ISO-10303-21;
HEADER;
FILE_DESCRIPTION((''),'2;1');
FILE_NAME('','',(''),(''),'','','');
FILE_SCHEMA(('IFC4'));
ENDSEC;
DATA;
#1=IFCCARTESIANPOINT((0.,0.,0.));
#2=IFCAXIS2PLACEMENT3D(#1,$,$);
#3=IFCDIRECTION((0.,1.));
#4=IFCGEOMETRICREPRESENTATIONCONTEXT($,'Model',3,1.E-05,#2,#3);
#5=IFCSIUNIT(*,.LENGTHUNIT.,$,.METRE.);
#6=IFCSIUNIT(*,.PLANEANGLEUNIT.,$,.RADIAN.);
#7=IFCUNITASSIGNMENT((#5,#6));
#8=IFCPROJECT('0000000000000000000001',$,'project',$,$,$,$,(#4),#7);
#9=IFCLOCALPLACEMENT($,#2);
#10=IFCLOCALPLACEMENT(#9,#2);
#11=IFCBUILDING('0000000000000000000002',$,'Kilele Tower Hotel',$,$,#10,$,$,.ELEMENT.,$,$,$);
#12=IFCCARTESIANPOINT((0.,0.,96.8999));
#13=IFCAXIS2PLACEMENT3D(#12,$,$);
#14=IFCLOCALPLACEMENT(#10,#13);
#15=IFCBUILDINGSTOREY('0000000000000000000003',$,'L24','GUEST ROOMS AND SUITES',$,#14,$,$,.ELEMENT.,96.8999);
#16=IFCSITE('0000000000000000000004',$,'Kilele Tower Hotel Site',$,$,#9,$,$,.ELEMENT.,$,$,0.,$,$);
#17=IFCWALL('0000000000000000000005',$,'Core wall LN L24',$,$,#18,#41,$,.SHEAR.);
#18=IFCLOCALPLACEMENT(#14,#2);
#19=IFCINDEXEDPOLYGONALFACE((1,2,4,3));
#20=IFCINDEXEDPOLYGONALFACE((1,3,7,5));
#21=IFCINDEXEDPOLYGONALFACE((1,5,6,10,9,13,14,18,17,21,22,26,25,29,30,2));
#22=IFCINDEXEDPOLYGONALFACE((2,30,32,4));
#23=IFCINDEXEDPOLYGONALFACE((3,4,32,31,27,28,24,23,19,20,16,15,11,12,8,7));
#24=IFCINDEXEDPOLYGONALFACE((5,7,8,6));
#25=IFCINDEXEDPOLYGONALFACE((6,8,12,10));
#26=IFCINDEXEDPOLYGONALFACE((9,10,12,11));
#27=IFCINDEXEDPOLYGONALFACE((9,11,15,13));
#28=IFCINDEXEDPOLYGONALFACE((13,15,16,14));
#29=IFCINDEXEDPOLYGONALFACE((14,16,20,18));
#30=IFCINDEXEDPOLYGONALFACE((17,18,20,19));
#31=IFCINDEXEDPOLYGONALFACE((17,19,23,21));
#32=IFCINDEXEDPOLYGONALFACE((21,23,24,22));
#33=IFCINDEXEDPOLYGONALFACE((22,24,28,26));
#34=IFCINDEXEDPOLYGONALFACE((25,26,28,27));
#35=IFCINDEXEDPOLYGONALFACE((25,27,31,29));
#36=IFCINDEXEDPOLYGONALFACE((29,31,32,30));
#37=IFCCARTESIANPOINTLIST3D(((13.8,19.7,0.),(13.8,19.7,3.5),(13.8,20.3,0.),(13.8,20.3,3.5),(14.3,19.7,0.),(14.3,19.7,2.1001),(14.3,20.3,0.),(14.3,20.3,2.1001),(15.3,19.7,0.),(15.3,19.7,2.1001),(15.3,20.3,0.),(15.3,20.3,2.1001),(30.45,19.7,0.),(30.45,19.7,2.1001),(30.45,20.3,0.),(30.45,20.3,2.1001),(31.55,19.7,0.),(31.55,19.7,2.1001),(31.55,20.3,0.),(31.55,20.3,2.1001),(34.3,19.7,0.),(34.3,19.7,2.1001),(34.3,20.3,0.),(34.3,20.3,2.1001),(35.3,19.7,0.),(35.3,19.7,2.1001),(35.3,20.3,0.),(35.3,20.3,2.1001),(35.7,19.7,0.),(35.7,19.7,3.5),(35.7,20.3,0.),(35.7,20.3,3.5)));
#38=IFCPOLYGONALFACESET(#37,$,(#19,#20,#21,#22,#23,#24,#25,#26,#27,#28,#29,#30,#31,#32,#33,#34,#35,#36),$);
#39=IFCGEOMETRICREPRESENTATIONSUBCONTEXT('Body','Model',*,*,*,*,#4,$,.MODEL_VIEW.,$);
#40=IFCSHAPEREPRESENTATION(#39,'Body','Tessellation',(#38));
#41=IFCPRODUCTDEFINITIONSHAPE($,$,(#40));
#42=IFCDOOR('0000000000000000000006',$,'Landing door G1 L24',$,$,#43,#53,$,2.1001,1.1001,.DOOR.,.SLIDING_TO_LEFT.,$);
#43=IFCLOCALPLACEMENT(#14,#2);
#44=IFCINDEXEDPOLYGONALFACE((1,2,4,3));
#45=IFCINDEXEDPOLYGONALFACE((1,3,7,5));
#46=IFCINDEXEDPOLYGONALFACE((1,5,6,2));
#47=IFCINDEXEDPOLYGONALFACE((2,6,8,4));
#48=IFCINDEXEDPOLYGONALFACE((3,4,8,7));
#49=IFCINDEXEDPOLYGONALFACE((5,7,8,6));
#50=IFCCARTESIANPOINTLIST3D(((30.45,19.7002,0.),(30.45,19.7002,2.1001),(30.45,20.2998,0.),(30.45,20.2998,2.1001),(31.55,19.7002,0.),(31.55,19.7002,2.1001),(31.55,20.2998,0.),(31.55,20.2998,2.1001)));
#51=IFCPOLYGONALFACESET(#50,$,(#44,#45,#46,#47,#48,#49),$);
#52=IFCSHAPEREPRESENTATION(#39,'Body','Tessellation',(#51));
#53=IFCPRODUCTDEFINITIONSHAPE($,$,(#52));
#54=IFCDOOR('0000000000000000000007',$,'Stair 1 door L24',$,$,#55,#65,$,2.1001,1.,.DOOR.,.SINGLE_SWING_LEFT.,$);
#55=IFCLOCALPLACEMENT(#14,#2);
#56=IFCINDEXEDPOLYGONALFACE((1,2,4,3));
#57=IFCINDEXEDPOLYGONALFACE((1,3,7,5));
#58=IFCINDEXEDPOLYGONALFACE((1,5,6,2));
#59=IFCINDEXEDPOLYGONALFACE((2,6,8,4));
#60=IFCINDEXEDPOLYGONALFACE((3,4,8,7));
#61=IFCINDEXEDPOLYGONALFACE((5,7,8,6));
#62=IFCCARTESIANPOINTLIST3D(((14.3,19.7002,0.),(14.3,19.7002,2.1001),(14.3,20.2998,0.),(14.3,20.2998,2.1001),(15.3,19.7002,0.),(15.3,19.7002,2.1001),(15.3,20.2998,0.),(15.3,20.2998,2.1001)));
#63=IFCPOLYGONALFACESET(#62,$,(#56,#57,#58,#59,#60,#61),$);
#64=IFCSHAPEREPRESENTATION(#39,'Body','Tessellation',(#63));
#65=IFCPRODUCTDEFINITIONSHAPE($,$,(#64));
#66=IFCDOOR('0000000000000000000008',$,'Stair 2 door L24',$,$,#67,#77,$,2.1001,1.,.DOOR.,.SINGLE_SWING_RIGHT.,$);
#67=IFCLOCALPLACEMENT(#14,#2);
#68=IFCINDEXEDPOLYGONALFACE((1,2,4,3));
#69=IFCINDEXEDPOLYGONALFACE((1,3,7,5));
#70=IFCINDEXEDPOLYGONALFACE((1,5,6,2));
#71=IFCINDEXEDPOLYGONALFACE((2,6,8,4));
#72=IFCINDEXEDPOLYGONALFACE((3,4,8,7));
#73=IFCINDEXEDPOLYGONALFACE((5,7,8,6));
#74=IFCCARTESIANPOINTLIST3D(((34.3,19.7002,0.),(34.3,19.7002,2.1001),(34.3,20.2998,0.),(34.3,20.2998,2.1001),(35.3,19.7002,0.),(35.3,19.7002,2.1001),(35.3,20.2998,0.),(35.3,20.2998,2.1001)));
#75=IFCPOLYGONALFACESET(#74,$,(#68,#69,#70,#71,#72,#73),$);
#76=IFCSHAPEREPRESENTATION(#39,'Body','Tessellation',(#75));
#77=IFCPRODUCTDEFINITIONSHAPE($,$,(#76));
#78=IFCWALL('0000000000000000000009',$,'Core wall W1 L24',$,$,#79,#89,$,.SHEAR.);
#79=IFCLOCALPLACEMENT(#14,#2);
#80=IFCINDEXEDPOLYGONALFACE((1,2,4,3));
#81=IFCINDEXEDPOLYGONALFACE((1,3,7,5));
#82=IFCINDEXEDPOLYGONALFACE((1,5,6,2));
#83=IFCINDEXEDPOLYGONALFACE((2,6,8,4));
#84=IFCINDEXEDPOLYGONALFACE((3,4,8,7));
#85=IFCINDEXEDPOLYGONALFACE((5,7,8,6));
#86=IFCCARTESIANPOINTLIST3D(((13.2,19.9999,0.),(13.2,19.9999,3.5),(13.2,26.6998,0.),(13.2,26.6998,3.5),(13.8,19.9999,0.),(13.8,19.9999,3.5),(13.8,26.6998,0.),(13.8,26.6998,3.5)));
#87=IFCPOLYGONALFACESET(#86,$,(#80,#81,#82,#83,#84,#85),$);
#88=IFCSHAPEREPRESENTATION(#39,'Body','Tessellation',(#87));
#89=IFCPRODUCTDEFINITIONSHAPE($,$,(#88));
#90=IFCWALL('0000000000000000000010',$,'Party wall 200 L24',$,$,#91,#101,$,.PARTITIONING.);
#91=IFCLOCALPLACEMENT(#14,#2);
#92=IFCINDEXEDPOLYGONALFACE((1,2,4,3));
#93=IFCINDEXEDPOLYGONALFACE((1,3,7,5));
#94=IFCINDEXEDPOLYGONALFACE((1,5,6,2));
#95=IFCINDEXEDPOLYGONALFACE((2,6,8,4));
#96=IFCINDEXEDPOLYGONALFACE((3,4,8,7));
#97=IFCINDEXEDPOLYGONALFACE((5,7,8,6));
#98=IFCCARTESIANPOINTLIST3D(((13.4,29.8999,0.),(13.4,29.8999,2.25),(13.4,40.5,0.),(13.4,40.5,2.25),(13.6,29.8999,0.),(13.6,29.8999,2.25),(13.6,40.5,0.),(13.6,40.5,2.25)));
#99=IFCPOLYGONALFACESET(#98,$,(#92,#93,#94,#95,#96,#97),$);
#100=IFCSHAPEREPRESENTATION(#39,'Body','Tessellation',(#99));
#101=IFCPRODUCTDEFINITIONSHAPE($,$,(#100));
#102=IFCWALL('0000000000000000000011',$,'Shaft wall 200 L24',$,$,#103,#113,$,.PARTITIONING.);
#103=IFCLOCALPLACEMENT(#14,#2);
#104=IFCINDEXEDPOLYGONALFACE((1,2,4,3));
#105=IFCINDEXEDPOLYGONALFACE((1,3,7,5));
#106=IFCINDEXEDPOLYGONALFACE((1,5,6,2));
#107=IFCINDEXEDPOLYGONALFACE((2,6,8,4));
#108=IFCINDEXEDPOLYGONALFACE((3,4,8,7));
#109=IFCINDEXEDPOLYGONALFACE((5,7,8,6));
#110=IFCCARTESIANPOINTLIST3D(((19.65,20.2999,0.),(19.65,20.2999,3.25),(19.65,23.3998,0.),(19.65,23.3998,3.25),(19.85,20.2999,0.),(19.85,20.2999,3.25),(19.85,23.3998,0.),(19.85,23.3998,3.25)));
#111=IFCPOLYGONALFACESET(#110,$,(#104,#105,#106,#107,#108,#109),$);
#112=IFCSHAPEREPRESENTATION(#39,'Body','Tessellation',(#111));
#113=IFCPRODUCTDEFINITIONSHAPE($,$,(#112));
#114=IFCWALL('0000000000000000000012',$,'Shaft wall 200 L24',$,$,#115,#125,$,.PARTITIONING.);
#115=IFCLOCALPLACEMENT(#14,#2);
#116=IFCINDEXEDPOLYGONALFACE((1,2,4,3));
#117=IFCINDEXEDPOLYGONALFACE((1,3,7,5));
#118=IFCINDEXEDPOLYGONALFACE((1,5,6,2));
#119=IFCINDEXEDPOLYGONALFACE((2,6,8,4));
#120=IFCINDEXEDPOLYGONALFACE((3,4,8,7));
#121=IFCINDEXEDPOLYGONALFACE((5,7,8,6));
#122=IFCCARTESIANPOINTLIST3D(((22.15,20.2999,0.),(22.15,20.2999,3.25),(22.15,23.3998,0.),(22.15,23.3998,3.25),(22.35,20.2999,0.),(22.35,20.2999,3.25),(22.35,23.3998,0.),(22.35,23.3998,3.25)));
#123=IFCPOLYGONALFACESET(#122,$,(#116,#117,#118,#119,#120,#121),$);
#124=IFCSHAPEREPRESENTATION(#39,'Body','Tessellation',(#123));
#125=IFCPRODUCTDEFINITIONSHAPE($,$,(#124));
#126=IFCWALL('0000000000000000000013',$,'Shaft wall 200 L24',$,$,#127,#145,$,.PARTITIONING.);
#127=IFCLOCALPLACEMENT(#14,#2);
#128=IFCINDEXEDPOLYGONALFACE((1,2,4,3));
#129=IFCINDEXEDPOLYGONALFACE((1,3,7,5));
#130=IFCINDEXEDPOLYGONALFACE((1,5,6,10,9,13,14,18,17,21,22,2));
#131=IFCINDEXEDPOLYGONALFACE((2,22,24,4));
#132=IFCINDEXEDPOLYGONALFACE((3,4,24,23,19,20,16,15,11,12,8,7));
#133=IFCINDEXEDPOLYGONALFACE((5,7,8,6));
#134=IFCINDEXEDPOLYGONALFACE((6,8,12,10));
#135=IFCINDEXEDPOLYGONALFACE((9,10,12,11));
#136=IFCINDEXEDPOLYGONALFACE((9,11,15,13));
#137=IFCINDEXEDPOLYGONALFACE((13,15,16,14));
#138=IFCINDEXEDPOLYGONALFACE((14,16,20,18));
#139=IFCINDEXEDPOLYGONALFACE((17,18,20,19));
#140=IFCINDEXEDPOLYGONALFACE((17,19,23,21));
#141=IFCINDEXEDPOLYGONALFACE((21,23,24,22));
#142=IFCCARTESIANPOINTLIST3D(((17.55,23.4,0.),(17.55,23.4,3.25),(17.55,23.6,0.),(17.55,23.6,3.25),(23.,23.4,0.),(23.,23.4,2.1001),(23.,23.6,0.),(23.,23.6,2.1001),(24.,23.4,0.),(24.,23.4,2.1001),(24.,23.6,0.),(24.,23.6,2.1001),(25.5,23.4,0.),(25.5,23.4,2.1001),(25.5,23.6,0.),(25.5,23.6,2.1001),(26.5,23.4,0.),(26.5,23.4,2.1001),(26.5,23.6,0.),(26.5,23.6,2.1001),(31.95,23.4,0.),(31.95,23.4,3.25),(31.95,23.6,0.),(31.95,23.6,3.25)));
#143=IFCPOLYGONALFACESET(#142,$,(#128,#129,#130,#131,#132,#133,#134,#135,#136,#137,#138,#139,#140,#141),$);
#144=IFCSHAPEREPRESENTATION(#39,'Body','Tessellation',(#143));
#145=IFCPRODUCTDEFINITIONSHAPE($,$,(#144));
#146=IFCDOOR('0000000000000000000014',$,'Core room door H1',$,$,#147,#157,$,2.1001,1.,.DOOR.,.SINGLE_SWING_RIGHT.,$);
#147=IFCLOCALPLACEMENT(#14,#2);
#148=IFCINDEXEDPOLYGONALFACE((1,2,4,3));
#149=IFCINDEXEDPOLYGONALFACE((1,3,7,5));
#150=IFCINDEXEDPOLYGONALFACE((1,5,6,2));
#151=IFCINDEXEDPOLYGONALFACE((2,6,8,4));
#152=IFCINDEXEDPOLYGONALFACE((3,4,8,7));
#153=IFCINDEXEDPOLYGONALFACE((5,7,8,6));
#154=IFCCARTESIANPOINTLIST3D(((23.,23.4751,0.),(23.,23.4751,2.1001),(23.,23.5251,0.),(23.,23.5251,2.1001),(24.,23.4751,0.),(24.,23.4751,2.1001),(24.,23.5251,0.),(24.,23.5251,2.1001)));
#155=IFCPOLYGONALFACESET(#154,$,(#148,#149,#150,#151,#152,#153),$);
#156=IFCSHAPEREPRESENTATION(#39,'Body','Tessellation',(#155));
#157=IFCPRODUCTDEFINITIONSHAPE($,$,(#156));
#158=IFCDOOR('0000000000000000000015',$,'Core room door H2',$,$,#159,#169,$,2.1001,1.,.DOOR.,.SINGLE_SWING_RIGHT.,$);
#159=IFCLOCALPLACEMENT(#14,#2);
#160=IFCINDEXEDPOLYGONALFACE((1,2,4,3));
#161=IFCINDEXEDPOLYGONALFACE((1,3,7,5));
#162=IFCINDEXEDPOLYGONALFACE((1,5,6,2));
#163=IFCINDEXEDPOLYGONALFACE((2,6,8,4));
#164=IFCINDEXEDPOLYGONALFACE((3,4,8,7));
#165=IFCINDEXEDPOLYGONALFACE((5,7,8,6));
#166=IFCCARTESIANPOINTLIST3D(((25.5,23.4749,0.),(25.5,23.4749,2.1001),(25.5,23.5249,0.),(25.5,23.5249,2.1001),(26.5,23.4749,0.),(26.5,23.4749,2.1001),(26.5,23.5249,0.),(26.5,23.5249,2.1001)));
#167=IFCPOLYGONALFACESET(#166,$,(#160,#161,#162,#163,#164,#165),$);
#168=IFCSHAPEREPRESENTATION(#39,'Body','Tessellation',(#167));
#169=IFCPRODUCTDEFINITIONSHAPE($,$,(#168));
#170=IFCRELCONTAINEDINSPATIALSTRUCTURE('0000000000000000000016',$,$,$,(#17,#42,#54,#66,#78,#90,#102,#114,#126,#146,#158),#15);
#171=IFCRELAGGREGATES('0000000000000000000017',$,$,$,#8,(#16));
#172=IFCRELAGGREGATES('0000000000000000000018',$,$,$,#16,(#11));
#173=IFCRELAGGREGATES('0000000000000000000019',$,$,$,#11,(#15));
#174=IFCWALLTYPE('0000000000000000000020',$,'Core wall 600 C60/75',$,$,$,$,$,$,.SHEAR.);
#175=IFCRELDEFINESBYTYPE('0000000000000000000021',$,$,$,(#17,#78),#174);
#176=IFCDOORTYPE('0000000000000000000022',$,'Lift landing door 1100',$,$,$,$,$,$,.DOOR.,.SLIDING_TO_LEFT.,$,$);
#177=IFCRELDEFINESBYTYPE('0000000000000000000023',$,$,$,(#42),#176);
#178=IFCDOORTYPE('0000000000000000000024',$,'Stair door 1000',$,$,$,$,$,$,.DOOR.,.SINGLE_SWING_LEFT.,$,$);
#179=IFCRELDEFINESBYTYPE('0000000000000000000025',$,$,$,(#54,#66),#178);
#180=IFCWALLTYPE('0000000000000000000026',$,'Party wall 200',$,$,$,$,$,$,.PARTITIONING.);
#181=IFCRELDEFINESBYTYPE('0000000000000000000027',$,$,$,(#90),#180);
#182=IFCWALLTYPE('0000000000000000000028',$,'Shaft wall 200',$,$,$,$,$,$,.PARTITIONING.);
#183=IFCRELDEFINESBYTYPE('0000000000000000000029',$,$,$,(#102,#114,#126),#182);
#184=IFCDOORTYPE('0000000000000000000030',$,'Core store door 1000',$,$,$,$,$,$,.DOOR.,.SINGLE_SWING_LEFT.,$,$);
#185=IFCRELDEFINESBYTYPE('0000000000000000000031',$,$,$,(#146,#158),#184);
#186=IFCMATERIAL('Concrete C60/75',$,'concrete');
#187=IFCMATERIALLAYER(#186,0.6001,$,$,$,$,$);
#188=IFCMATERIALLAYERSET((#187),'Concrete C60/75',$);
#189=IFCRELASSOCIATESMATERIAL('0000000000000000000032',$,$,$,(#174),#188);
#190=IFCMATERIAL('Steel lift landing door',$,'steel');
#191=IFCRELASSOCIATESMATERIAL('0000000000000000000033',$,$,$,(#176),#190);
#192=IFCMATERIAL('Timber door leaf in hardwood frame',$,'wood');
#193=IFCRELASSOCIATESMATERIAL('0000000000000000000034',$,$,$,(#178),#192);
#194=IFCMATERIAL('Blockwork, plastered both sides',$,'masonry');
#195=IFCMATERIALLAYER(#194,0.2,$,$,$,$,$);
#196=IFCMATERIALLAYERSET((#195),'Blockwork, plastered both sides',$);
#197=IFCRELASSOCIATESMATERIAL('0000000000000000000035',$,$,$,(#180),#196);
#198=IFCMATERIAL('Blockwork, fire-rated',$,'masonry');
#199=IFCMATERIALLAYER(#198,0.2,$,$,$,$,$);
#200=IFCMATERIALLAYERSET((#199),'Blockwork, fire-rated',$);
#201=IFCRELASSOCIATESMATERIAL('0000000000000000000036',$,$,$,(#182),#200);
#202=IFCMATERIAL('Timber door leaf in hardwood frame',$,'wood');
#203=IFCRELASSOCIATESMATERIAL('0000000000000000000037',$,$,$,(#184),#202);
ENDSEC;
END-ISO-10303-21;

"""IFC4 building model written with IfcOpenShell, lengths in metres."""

from ifc_helpers import new_model, si_unit, direction, frame, frame_2d, origin, place, context, subcontext, project, spatial, rectangle, extrude, material, layer, layer_set, type_object, element, fill, save


model = new_model("IFC4")

# Units and contexts
model_context = context("Model", 3, precision=1e-05, world=origin(), true_north=direction((0.0, 1.0)))
body_context = subcontext(model_context, "Body", "Model", "MODEL_VIEW")
ifc_project = project(units=[si_unit("LENGTHUNIT", "METRE"), si_unit("PLANEANGLEUNIT", "RADIAN")], contexts=[model_context])

# Site, building, storey
site_placement = place(None, origin())
site = spatial("IfcSite", under=ifc_project, at=site_placement, Name="Kilele Tower Hotel Site", CompositionType="ELEMENT", RefElevation=0.0)
building_placement = place(site_placement, origin())
building = spatial("IfcBuilding", under=site, at=building_placement, Name="Kilele Tower Hotel", CompositionType="ELEMENT")
storey_placement = place(building_placement, frame((0.0, 0.0, 96.8999)))
storey = spatial("IfcBuildingStorey", under=building, at=storey_placement, Name="L24", Description="GUEST ROOMS AND SUITES", CompositionType="ELEMENT", Elevation=96.8999)

# Wall, openings, doors
ifc_material_1 = material(Name="Concrete C60/75", Category="concrete")
ifc_layer_1 = layer(ifc_material_1, 0.6001)
ifc_layer_set_1 = layer_set([ifc_layer_1], Name="Concrete C60/75")
wall_type_1 = type_object("IfcWallType", Name="Core wall 600 C60/75", PredefinedType="SHEAR", material=ifc_layer_set_1)
wall_1_placement = place(storey_placement, frame((13.8, 20.0, 0.0), z_axis=(0.0, 0.0, 1.0), x_axis=(1.0, 0.0, 0.0)))
wall_1 = element("IfcWall", 1, at=wall_1_placement, inside=storey, type_object=wall_type_1, Name="Core wall LN L24", PredefinedType="SHEAR", context=body_context, shape_type="SweptSolid", body=[
    extrude(rectangle(XDim=21.8999, YDim=0.6001, at=frame_2d((10.95, 0.0))), origin(), (0.0, 0.0, 1.0), 3.5),
])
opening_1_placement = place(wall_1_placement, frame((0.5, 0.0, 0.0)))
opening_1 = element("IfcOpeningElement", 2, at=opening_1_placement, cuts=wall_1, PredefinedType="OPENING", context=body_context, shape_type="SweptSolid", body=[
    extrude(rectangle(XDim=1.0, YDim=2.1001, at=frame_2d((0.5, 1.05))), frame((0.0, 0.3101, 0.0), z_axis=(0.0, -1.0, 0.0), x_axis=(1.0, 0.0, 0.0)), (0.0, 0.0, 1.0), 0.6201),
])
opening_2_placement = place(wall_1_placement, frame((20.5, 0.0, 0.0)))
opening_2 = element("IfcOpeningElement", 3, at=opening_2_placement, cuts=wall_1, PredefinedType="OPENING", context=body_context, shape_type="SweptSolid", body=[
    extrude(rectangle(XDim=1.0, YDim=2.1001, at=frame_2d((0.5, 1.05))), frame((0.0, 0.3101, 0.0), z_axis=(0.0, -1.0, 0.0), x_axis=(1.0, 0.0, 0.0)), (0.0, 0.0, 1.0), 0.6201),
])
opening_3_placement = place(wall_1_placement, frame((16.6499, 0.0, 0.0)))
opening_3 = element("IfcOpeningElement", 4, at=opening_3_placement, cuts=wall_1, PredefinedType="OPENING", context=body_context, shape_type="SweptSolid", body=[
    extrude(rectangle(XDim=1.1001, YDim=2.1001, at=frame_2d((0.55, 1.05))), frame((0.0, 0.3101, 0.0), z_axis=(0.0, -1.0, 0.0), x_axis=(1.0, 0.0, 0.0)), (0.0, 0.0, 1.0), 0.6201),
])
ifc_material_2 = material(Name="Steel lift landing door", Category="steel")
door_type_1 = type_object("IfcDoorType", Name="Lift landing door 1100", OperationType="SLIDING_TO_LEFT", PredefinedType="DOOR", material=ifc_material_2)
door_1_placement = place(opening_3_placement, origin())
door_1 = element("IfcDoor", 5, at=door_1_placement, inside=storey, type_object=door_type_1, Name="Landing door G1 L24", OperationType="SLIDING_TO_LEFT", OverallHeight=2.1001, OverallWidth=1.1001, PredefinedType="DOOR", context=body_context, shape_type="SweptSolid", body=[
    extrude(rectangle(XDim=1.1001, YDim=2.1001, at=frame_2d((0.55, 1.05))), frame((0.0, 0.2998, 0.0), z_axis=(0.0, -1.0, 0.0), x_axis=(1.0, 0.0, 0.0)), (0.0, 0.0, 1.0), 0.5996),
])
fill(opening_3, door_1)
ifc_material_3 = material(Name="Timber door leaf in hardwood frame", Category="wood")
door_type_2 = type_object("IfcDoorType", Name="Stair door 1000", OperationType="SINGLE_SWING_LEFT", PredefinedType="DOOR", material=ifc_material_3)
door_2_placement = place(opening_1_placement, origin())
door_2 = element("IfcDoor", 6, at=door_2_placement, inside=storey, type_object=door_type_2, Name="Stair 1 door L24", OperationType="SINGLE_SWING_LEFT", OverallHeight=2.1001, OverallWidth=1.0, PredefinedType="DOOR", context=body_context, shape_type="SweptSolid", body=[
    extrude(rectangle(XDim=1.0, YDim=2.1001, at=frame_2d((0.5, 1.05))), frame((0.0, 0.2998, 0.0), z_axis=(0.0, -1.0, 0.0), x_axis=(1.0, 0.0, 0.0)), (0.0, 0.0, 1.0), 0.5996),
])
fill(opening_1, door_2)
door_3_placement = place(opening_2_placement, origin())
door_3 = element("IfcDoor", 7, at=door_3_placement, inside=storey, type_object=door_type_2, Name="Stair 2 door L24", OperationType="SINGLE_SWING_RIGHT", OverallHeight=2.1001, OverallWidth=1.0, PredefinedType="DOOR", context=body_context, shape_type="SweptSolid", body=[
    extrude(rectangle(XDim=1.0, YDim=2.1001, at=frame_2d((0.5, 1.05))), frame((0.0, 0.2998, 0.0), z_axis=(0.0, -1.0, 0.0), x_axis=(1.0, 0.0, 0.0)), (0.0, 0.0, 1.0), 0.5996),
])
fill(opening_2, door_3)

# Walls
wall_2_placement = place(storey_placement, frame((13.5, 26.7, 0.0), z_axis=(0.0, 0.0, 1.0), x_axis=(0.0, -1.0, 0.0)))
element("IfcWall", 8, at=wall_2_placement, inside=storey, type_object=wall_type_1, Name="Core wall W1 L24", PredefinedType="SHEAR", context=body_context, shape_type="SweptSolid", body=[
    extrude(rectangle(XDim=6.7, YDim=0.6001, at=frame_2d((3.3501, 0.0))), origin(), (0.0, 0.0, 1.0), 3.5),
])
ifc_material_4 = material(Name="Blockwork, plastered both sides", Category="masonry")
ifc_layer_2 = layer(ifc_material_4, 0.2)
ifc_layer_set_2 = layer_set([ifc_layer_2], Name="Blockwork, plastered both sides")
wall_type_2 = type_object("IfcWallType", Name="Party wall 200", PredefinedType="PARTITIONING", material=ifc_layer_set_2)
wall_3_placement = place(storey_placement, frame((13.5, 29.8999, 0.0), z_axis=(0.0, 0.0, 1.0), x_axis=(0.0, 1.0, 0.0)))
element("IfcWall", 9, at=wall_3_placement, inside=storey, type_object=wall_type_2, Name="Party wall 200 L24", PredefinedType="PARTITIONING", context=body_context, shape_type="SweptSolid", body=[
    extrude(rectangle(XDim=10.6001, YDim=0.2, at=frame_2d((5.3, 0.0))), origin(), (0.0, 0.0, 1.0), 2.25),
])
ifc_material_5 = material(Name="Blockwork, fire-rated", Category="masonry")
ifc_layer_3 = layer(ifc_material_5, 0.2)
ifc_layer_set_3 = layer_set([ifc_layer_3], Name="Blockwork, fire-rated")
wall_type_3 = type_object("IfcWallType", Name="Shaft wall 200", PredefinedType="PARTITIONING", material=ifc_layer_set_3)
for number, where, z_axis, x_axis, name in (
    (10, (19.75, 20.3, 0.0), (0.0, 0.0, 1.0), (0.0, 1.0, 0.0), "Shaft wall 200 L24"),
    (11, (22.25, 20.3, 0.0), (0.0, 0.0, 1.0), (0.0, 1.0, 0.0), "Shaft wall 200 L24"),
):
    element("IfcWall", number, at=place(storey_placement, frame(where, z_axis=z_axis, x_axis=x_axis)), inside=storey, type_object=wall_type_3, Name=name, PredefinedType="PARTITIONING", context=body_context, shape_type="SweptSolid", body=[
        extrude(rectangle(XDim=3.0999, YDim=0.2, at=frame_2d((1.5498, 0.0))), origin(), (0.0, 0.0, 1.0), 3.25),
    ])

# Wall, openings, doors
wall_4_placement = place(storey_placement, frame((17.55, 23.5, 0.0), z_axis=(0.0, 0.0, 1.0), x_axis=(1.0, 0.0, 0.0)))
wall_4 = element("IfcWall", 12, at=wall_4_placement, inside=storey, type_object=wall_type_3, Name="Shaft wall 200 L24", PredefinedType="PARTITIONING", context=body_context, shape_type="SweptSolid", body=[
    extrude(rectangle(XDim=14.3999, YDim=0.2, at=frame_2d((7.2, 0.0))), origin(), (0.0, 0.0, 1.0), 3.25),
])
opening_4_placement = place(wall_4_placement, frame((6.45, 0.0, 0.0), z_axis=(0.0, 0.0, 1.0), x_axis=(-1.0, 0.0, 0.0)))
opening_4 = element("IfcOpeningElement", 13, at=opening_4_placement, cuts=wall_4, PredefinedType="OPENING", context=body_context, shape_type="SweptSolid", body=[
    extrude(rectangle(XDim=1.0, YDim=2.1001, at=frame_2d((0.5, 1.05))), frame((0.0, 0.1099, 0.0), z_axis=(0.0, -1.0, 0.0), x_axis=(1.0, 0.0, 0.0)), (0.0, 0.0, 1.0), 0.22),
])
opening_5_placement = place(wall_4_placement, frame((7.95, 0.0, 0.0)))
opening_5 = element("IfcOpeningElement", 14, at=opening_5_placement, cuts=wall_4, PredefinedType="OPENING", context=body_context, shape_type="SweptSolid", body=[
    extrude(rectangle(XDim=1.0, YDim=2.1001, at=frame_2d((0.5, 1.05))), frame((0.0, 0.1099, 0.0), z_axis=(0.0, -1.0, 0.0), x_axis=(1.0, 0.0, 0.0)), (0.0, 0.0, 1.0), 0.22),
])
ifc_material_6 = material(Name="Timber door leaf in hardwood frame", Category="wood")
door_type_3 = type_object("IfcDoorType", Name="Core store door 1000", OperationType="SINGLE_SWING_LEFT", PredefinedType="DOOR", material=ifc_material_6)
door_4_placement = place(opening_4_placement, origin())
door_4 = element("IfcDoor", 15, at=door_4_placement, inside=storey, type_object=door_type_3, Name="Core room door H1", OperationType="SINGLE_SWING_RIGHT", OverallHeight=2.1001, OverallWidth=1.0, PredefinedType="DOOR", context=body_context, shape_type="SweptSolid", body=[
    extrude(rectangle(XDim=1.0, YDim=2.1001, at=frame_2d((0.5, 1.05))), frame((0.0, 0.0249, 0.0), z_axis=(0.0, -1.0, 0.0), x_axis=(1.0, 0.0, 0.0)), (0.0, 0.0, 1.0), 0.05),
])
fill(opening_4, door_4)
door_5_placement = place(opening_5_placement, origin())
door_5 = element("IfcDoor", 16, at=door_5_placement, inside=storey, type_object=door_type_3, Name="Core room door H2", OperationType="SINGLE_SWING_RIGHT", OverallHeight=2.1001, OverallWidth=1.0, PredefinedType="DOOR", context=body_context, shape_type="SweptSolid", body=[
    extrude(rectangle(XDim=1.0, YDim=2.1001, at=frame_2d((0.5, 1.05))), frame((0.0, 0.0249, 0.0), z_axis=(0.0, -1.0, 0.0), x_axis=(1.0, 0.0, 0.0)), (0.0, 0.0, 1.0), 0.05),
])
fill(opening_5, door_5)

save(model, "model.ifc")
